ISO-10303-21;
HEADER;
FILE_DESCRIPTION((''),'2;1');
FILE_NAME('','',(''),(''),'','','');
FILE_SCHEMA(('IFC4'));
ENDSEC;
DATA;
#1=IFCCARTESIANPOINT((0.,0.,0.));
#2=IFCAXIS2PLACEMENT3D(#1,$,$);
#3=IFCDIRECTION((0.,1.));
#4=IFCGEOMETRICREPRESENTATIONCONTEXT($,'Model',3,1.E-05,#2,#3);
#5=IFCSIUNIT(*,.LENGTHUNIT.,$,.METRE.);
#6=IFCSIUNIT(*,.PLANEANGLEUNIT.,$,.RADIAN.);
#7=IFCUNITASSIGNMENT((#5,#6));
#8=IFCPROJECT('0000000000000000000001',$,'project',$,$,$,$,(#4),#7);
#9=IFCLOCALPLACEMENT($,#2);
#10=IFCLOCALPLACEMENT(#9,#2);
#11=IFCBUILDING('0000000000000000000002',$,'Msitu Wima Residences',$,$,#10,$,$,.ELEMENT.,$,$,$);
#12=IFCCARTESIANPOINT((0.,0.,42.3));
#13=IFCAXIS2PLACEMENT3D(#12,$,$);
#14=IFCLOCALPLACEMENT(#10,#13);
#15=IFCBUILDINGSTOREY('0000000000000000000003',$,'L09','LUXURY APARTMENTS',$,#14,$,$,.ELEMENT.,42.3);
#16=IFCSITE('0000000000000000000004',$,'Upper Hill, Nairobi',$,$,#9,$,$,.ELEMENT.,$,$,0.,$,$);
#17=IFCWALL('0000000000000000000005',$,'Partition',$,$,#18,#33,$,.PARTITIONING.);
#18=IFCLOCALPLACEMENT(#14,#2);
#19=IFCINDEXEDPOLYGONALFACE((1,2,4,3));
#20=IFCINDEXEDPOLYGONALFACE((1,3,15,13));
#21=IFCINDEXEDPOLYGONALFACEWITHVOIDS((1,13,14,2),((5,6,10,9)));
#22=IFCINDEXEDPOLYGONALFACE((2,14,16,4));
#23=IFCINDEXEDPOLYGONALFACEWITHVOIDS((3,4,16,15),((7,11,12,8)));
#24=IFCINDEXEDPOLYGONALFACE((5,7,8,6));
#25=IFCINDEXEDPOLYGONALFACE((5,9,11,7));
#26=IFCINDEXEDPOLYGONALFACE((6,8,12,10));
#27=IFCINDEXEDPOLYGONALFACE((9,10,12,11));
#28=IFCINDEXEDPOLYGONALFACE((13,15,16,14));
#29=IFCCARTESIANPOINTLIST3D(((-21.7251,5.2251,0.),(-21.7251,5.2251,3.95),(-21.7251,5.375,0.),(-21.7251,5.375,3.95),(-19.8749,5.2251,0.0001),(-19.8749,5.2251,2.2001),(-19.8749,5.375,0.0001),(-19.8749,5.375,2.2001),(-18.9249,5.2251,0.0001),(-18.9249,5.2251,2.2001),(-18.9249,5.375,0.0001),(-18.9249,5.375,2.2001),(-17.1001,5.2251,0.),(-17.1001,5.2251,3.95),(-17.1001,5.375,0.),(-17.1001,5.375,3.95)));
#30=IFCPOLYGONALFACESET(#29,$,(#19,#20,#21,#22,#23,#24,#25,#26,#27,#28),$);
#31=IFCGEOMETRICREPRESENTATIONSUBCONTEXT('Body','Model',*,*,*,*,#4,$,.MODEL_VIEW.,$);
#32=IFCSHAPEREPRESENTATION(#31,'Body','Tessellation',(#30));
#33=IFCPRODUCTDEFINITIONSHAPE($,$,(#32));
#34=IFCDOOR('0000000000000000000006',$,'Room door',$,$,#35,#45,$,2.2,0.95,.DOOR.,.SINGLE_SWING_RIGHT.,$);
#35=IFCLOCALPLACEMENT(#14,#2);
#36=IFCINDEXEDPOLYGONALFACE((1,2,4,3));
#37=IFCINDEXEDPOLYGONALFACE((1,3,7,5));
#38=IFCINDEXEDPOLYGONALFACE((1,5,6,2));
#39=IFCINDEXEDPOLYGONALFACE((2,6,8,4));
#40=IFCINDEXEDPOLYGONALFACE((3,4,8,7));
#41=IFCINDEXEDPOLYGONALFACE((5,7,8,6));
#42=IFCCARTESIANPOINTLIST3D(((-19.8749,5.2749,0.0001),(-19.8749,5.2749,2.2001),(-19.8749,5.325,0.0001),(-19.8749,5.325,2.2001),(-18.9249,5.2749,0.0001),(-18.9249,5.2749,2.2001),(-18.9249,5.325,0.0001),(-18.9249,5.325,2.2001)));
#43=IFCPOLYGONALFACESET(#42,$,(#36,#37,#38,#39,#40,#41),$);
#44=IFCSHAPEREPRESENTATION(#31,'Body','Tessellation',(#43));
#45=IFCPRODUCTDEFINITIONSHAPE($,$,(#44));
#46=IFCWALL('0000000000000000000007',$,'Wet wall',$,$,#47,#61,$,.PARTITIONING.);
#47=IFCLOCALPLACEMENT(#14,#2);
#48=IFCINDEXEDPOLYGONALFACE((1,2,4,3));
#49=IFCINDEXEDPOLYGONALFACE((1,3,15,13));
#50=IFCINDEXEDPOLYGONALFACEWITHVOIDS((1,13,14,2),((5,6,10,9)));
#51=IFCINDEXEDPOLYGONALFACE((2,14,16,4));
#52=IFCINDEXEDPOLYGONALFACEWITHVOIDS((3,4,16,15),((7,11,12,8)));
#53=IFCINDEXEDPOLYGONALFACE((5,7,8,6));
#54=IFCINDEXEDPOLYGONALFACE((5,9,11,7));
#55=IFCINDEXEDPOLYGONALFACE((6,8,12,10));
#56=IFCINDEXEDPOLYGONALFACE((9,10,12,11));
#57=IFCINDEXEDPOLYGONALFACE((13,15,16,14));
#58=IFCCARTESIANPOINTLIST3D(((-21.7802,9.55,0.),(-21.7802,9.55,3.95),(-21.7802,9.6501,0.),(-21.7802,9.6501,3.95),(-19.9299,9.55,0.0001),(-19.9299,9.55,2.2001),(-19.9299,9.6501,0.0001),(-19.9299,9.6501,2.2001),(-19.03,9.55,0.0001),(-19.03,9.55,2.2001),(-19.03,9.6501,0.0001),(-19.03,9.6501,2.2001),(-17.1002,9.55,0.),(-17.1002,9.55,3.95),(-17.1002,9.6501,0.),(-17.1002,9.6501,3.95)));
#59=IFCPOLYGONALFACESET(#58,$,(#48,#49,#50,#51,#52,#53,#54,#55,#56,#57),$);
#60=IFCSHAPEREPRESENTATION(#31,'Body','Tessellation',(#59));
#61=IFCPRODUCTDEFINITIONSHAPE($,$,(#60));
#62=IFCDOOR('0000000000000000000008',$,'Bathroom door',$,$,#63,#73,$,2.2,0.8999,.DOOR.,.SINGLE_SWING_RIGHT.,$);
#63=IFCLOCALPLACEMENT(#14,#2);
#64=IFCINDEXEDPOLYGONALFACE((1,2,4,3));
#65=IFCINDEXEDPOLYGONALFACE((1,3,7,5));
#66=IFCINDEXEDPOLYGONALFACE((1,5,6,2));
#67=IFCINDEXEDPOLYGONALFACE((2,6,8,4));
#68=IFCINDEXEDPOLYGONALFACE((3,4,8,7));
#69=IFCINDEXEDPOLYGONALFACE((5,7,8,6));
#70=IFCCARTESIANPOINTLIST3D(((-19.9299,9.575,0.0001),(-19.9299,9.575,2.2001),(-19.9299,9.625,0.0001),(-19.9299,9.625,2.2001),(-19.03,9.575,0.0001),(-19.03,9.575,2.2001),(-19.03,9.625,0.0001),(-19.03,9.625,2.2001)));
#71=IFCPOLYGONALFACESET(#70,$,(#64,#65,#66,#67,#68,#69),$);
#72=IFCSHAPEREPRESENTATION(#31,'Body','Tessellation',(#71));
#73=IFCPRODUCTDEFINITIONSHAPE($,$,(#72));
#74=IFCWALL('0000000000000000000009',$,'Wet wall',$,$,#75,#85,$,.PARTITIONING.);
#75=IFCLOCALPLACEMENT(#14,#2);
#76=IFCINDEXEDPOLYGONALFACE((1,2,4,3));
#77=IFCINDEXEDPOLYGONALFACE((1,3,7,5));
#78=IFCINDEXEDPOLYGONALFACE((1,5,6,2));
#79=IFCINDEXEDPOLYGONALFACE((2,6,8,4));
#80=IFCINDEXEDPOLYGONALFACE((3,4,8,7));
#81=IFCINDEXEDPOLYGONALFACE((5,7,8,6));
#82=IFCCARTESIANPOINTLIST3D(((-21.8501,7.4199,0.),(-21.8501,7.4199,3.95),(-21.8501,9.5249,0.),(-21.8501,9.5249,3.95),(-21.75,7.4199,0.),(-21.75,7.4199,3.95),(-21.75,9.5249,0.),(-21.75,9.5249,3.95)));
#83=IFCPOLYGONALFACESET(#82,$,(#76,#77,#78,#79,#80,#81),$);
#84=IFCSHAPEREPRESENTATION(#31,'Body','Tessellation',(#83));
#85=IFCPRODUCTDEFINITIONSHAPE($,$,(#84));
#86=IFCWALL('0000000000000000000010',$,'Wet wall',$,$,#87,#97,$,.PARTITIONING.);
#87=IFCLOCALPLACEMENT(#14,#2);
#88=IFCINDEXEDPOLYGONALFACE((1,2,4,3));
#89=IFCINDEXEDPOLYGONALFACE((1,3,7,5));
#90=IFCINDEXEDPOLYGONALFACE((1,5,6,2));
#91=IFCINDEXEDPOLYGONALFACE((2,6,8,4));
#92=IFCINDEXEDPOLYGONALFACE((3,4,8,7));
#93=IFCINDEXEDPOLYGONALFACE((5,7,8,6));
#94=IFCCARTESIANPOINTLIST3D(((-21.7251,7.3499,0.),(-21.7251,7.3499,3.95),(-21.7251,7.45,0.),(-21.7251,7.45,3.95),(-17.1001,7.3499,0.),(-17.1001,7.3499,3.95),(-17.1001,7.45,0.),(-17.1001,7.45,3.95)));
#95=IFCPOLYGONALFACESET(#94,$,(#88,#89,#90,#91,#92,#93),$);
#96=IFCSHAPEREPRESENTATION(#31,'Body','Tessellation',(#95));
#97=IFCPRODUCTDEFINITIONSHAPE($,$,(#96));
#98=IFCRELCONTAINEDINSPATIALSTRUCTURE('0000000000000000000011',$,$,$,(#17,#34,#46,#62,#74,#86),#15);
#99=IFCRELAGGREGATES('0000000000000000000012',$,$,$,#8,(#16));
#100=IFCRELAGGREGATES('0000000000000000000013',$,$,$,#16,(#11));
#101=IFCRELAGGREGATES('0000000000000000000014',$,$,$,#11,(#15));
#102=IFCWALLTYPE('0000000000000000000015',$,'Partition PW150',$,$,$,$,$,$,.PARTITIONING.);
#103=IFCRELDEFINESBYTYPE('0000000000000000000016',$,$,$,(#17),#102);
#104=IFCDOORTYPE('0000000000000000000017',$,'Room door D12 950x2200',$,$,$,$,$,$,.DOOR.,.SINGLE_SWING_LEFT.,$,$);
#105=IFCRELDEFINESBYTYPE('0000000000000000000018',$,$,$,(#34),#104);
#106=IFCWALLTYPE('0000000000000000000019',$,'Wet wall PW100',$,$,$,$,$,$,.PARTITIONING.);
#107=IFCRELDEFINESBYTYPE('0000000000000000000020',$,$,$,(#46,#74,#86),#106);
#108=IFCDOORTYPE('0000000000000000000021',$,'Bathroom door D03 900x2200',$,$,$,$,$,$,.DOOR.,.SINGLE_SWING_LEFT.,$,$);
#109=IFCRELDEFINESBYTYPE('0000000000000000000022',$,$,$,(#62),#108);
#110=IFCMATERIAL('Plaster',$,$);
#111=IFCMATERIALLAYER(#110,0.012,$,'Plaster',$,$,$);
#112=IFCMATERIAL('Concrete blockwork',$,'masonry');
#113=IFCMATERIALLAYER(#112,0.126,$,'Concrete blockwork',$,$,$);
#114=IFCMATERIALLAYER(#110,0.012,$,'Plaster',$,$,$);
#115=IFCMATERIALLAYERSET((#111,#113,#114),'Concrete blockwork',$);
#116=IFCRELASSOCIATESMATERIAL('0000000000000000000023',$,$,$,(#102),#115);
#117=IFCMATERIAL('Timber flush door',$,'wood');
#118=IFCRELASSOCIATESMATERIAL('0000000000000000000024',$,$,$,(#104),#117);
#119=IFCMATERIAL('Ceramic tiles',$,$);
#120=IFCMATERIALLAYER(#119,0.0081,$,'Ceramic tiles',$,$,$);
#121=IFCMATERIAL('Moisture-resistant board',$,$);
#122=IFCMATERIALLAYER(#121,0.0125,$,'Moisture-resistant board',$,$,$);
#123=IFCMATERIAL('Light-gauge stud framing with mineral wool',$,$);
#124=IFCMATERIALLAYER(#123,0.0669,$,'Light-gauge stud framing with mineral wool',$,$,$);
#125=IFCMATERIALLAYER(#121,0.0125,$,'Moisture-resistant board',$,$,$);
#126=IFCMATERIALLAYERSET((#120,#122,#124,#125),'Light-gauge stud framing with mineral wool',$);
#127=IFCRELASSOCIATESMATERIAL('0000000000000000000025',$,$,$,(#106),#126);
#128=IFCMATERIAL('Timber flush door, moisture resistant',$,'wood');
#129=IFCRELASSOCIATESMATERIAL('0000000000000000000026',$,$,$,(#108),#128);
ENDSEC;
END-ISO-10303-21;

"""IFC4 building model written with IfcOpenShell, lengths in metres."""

from ifc_helpers import new_model, si_unit, direction, frame, frame_2d, origin, place, context, subcontext, project, spatial, rectangle, extrude, material, layer, layer_set, type_object, element, fill, save


model = new_model("IFC4")

# Units and contexts
model_context = context("Model", 3, precision=1e-05, world=origin(), true_north=direction((0.0, 1.0)))
body_context = subcontext(model_context, "Body", "Model", "MODEL_VIEW")
ifc_project = project(units=[si_unit("LENGTHUNIT", "METRE"), si_unit("PLANEANGLEUNIT", "RADIAN")], contexts=[model_context])

# Site, building, storey
site_placement = place(None, origin())
site = spatial("IfcSite", under=ifc_project, at=site_placement, Name="Upper Hill, Nairobi", CompositionType="ELEMENT", RefElevation=0.0)
building_placement = place(site_placement, origin())
building = spatial("IfcBuilding", under=site, at=building_placement, Name="Msitu Wima Residences", CompositionType="ELEMENT")
storey_placement = place(building_placement, frame((0.0, 0.0, 42.3)))
storey = spatial("IfcBuildingStorey", under=building, at=storey_placement, Name="L09", Description="LUXURY APARTMENTS", CompositionType="ELEMENT", Elevation=42.3)

# Shared definitions
ifc_material_1 = material(Name="Plaster")
ifc_material_2 = material(Name="Concrete blockwork", Category="masonry")

# Walls, openings, doors
ifc_layer_1 = layer(ifc_material_1, 0.012, Name="Plaster")
ifc_layer_2 = layer(ifc_material_2, 0.126, Name="Concrete blockwork")
ifc_layer_3 = layer(ifc_material_1, 0.012, Name="Plaster")
ifc_layer_set_1 = layer_set([ifc_layer_1, ifc_layer_2, ifc_layer_3], Name="Concrete blockwork")
wall_type_1 = type_object("IfcWallType", Name="Partition PW150", PredefinedType="PARTITIONING", material=ifc_layer_set_1)
ifc_material_3 = material(Name="Timber flush door", Category="wood")
door_type_1 = type_object("IfcDoorType", Name="Room door D12 950x2200", OperationType="SINGLE_SWING_LEFT", PredefinedType="DOOR", material=ifc_material_3)
wall_1_placement = place(storey_placement, frame((-21.7251, 5.3, 0.0), z_axis=(0.0, 0.0, 1.0), x_axis=(1.0, 0.0, 0.0)))
wall_1 = element("IfcWall", 1, at=wall_1_placement, inside=storey, type_object=wall_type_1, Name="Partition", PredefinedType="PARTITIONING", context=body_context, shape_type="SweptSolid", body=[
    extrude(rectangle(XDim=4.625, YDim=0.1499, at=frame_2d((2.3125, 0.0))), origin(), (0.0, 0.0, 1.0), 3.95),
])
opening_1_placement = place(wall_1_placement, frame((1.8501, 0.0, 0.0)))
opening_1 = element("IfcOpeningElement", 2, at=opening_1_placement, cuts=wall_1, PredefinedType="OPENING", context=body_context, shape_type="SweptSolid", body=[
    extrude(rectangle(XDim=0.95, YDim=2.2, at=frame_2d((0.4751, 1.1001))), frame((0.0, 0.085, 0.0), z_axis=(0.0, -1.0, 0.0), x_axis=(1.0, 0.0, 0.0)), (0.0, 0.0, 1.0), 0.1699),
])
door_1_placement = place(opening_1_placement, origin())
door_1 = element("IfcDoor", 3, at=door_1_placement, inside=storey, type_object=door_type_1, Name="Room door", OperationType="SINGLE_SWING_RIGHT", OverallHeight=2.2, OverallWidth=0.95, PredefinedType="DOOR", context=body_context, shape_type="SweptSolid", body=[
    extrude(rectangle(XDim=0.95, YDim=2.2, at=frame_2d((0.4751, 1.1001))), frame((0.0, 0.0249, 0.0), z_axis=(0.0, -1.0, 0.0), x_axis=(1.0, 0.0, 0.0)), (0.0, 0.0, 1.0), 0.05),
])
fill(opening_1, door_1)
ifc_material_4 = material(Name="Ceramic tiles")
ifc_layer_4 = layer(ifc_material_4, 0.0081, Name="Ceramic tiles")
ifc_material_5 = material(Name="Moisture-resistant board")
ifc_layer_5 = layer(ifc_material_5, 0.0125, Name="Moisture-resistant board")
ifc_material_6 = material(Name="Light-gauge stud framing with mineral wool")
ifc_layer_6 = layer(ifc_material_6, 0.0669, Name="Light-gauge stud framing with mineral wool")
ifc_layer_7 = layer(ifc_material_5, 0.0125, Name="Moisture-resistant board")
ifc_layer_set_2 = layer_set([ifc_layer_4, ifc_layer_5, ifc_layer_6, ifc_layer_7], Name="Light-gauge stud framing with mineral wool")
wall_type_2 = type_object("IfcWallType", Name="Wet wall PW100", PredefinedType="PARTITIONING", material=ifc_layer_set_2)
wall_2_placement = place(storey_placement, frame((-21.78, 9.6001, 0.0), z_axis=(0.0, 0.0, 1.0), x_axis=(1.0, 0.0, 0.0)))
wall_2 = element("IfcWall", 4, at=wall_2_placement, inside=storey, type_object=wall_type_2, Name="Wet wall", PredefinedType="PARTITIONING", context=body_context, shape_type="SweptSolid", body=[
    extrude(rectangle(XDim=4.6799, YDim=0.1001, at=frame_2d((2.3398, 0.0))), origin(), (0.0, 0.0, 1.0), 3.95),
])
opening_2_placement = place(wall_2_placement, frame((1.8501, 0.0, 0.0)))
opening_2 = element("IfcOpeningElement", 5, at=opening_2_placement, cuts=wall_2, PredefinedType="OPENING", context=body_context, shape_type="SweptSolid", body=[
    extrude(rectangle(XDim=0.8999, YDim=2.2, at=frame_2d((0.45, 1.1001))), frame((0.0, 0.0601, 0.0), z_axis=(0.0, -1.0, 0.0), x_axis=(1.0, 0.0, 0.0)), (0.0, 0.0, 1.0), 0.1201),
])
ifc_material_7 = material(Name="Timber flush door, moisture resistant", Category="wood")
door_type_2 = type_object("IfcDoorType", Name="Bathroom door D03 900x2200", OperationType="SINGLE_SWING_LEFT", PredefinedType="DOOR", material=ifc_material_7)
door_2_placement = place(opening_2_placement, origin())
door_2 = element("IfcDoor", 6, at=door_2_placement, inside=storey, type_object=door_type_2, Name="Bathroom door", OperationType="SINGLE_SWING_RIGHT", OverallHeight=2.2, OverallWidth=0.8999, PredefinedType="DOOR", context=body_context, shape_type="SweptSolid", body=[
    extrude(rectangle(XDim=0.8999, YDim=2.2, at=frame_2d((0.45, 1.1001))), frame((0.0, 0.0249, 0.0), z_axis=(0.0, -1.0, 0.0), x_axis=(1.0, 0.0, 0.0)), (0.0, 0.0, 1.0), 0.05),
])
fill(opening_2, door_2)

# Walls
wall_3_placement = place(storey_placement, frame((-21.8, 7.4199, 0.0), z_axis=(0.0, 0.0, 1.0), x_axis=(0.0, 1.0, 0.0)))
element("IfcWall", 7, at=wall_3_placement, inside=storey, type_object=wall_type_2, Name="Wet wall", PredefinedType="PARTITIONING", context=body_context, shape_type="SweptSolid", body=[
    extrude(rectangle(XDim=2.105, YDim=0.1001, at=frame_2d((1.0525, 0.0))), origin(), (0.0, 0.0, 1.0), 3.95),
])
wall_4_placement = place(storey_placement, frame((-21.7251, 7.3999, 0.0), z_axis=(0.0, 0.0, 1.0), x_axis=(1.0, 0.0, 0.0)))
element("IfcWall", 8, at=wall_4_placement, inside=storey, type_object=wall_type_2, Name="Wet wall", PredefinedType="PARTITIONING", context=body_context, shape_type="SweptSolid", body=[
    extrude(rectangle(XDim=4.625, YDim=0.1001, at=frame_2d((2.3125, 0.0))), origin(), (0.0, 0.0, 1.0), 3.95),
])

save(model, "model.ifc")
